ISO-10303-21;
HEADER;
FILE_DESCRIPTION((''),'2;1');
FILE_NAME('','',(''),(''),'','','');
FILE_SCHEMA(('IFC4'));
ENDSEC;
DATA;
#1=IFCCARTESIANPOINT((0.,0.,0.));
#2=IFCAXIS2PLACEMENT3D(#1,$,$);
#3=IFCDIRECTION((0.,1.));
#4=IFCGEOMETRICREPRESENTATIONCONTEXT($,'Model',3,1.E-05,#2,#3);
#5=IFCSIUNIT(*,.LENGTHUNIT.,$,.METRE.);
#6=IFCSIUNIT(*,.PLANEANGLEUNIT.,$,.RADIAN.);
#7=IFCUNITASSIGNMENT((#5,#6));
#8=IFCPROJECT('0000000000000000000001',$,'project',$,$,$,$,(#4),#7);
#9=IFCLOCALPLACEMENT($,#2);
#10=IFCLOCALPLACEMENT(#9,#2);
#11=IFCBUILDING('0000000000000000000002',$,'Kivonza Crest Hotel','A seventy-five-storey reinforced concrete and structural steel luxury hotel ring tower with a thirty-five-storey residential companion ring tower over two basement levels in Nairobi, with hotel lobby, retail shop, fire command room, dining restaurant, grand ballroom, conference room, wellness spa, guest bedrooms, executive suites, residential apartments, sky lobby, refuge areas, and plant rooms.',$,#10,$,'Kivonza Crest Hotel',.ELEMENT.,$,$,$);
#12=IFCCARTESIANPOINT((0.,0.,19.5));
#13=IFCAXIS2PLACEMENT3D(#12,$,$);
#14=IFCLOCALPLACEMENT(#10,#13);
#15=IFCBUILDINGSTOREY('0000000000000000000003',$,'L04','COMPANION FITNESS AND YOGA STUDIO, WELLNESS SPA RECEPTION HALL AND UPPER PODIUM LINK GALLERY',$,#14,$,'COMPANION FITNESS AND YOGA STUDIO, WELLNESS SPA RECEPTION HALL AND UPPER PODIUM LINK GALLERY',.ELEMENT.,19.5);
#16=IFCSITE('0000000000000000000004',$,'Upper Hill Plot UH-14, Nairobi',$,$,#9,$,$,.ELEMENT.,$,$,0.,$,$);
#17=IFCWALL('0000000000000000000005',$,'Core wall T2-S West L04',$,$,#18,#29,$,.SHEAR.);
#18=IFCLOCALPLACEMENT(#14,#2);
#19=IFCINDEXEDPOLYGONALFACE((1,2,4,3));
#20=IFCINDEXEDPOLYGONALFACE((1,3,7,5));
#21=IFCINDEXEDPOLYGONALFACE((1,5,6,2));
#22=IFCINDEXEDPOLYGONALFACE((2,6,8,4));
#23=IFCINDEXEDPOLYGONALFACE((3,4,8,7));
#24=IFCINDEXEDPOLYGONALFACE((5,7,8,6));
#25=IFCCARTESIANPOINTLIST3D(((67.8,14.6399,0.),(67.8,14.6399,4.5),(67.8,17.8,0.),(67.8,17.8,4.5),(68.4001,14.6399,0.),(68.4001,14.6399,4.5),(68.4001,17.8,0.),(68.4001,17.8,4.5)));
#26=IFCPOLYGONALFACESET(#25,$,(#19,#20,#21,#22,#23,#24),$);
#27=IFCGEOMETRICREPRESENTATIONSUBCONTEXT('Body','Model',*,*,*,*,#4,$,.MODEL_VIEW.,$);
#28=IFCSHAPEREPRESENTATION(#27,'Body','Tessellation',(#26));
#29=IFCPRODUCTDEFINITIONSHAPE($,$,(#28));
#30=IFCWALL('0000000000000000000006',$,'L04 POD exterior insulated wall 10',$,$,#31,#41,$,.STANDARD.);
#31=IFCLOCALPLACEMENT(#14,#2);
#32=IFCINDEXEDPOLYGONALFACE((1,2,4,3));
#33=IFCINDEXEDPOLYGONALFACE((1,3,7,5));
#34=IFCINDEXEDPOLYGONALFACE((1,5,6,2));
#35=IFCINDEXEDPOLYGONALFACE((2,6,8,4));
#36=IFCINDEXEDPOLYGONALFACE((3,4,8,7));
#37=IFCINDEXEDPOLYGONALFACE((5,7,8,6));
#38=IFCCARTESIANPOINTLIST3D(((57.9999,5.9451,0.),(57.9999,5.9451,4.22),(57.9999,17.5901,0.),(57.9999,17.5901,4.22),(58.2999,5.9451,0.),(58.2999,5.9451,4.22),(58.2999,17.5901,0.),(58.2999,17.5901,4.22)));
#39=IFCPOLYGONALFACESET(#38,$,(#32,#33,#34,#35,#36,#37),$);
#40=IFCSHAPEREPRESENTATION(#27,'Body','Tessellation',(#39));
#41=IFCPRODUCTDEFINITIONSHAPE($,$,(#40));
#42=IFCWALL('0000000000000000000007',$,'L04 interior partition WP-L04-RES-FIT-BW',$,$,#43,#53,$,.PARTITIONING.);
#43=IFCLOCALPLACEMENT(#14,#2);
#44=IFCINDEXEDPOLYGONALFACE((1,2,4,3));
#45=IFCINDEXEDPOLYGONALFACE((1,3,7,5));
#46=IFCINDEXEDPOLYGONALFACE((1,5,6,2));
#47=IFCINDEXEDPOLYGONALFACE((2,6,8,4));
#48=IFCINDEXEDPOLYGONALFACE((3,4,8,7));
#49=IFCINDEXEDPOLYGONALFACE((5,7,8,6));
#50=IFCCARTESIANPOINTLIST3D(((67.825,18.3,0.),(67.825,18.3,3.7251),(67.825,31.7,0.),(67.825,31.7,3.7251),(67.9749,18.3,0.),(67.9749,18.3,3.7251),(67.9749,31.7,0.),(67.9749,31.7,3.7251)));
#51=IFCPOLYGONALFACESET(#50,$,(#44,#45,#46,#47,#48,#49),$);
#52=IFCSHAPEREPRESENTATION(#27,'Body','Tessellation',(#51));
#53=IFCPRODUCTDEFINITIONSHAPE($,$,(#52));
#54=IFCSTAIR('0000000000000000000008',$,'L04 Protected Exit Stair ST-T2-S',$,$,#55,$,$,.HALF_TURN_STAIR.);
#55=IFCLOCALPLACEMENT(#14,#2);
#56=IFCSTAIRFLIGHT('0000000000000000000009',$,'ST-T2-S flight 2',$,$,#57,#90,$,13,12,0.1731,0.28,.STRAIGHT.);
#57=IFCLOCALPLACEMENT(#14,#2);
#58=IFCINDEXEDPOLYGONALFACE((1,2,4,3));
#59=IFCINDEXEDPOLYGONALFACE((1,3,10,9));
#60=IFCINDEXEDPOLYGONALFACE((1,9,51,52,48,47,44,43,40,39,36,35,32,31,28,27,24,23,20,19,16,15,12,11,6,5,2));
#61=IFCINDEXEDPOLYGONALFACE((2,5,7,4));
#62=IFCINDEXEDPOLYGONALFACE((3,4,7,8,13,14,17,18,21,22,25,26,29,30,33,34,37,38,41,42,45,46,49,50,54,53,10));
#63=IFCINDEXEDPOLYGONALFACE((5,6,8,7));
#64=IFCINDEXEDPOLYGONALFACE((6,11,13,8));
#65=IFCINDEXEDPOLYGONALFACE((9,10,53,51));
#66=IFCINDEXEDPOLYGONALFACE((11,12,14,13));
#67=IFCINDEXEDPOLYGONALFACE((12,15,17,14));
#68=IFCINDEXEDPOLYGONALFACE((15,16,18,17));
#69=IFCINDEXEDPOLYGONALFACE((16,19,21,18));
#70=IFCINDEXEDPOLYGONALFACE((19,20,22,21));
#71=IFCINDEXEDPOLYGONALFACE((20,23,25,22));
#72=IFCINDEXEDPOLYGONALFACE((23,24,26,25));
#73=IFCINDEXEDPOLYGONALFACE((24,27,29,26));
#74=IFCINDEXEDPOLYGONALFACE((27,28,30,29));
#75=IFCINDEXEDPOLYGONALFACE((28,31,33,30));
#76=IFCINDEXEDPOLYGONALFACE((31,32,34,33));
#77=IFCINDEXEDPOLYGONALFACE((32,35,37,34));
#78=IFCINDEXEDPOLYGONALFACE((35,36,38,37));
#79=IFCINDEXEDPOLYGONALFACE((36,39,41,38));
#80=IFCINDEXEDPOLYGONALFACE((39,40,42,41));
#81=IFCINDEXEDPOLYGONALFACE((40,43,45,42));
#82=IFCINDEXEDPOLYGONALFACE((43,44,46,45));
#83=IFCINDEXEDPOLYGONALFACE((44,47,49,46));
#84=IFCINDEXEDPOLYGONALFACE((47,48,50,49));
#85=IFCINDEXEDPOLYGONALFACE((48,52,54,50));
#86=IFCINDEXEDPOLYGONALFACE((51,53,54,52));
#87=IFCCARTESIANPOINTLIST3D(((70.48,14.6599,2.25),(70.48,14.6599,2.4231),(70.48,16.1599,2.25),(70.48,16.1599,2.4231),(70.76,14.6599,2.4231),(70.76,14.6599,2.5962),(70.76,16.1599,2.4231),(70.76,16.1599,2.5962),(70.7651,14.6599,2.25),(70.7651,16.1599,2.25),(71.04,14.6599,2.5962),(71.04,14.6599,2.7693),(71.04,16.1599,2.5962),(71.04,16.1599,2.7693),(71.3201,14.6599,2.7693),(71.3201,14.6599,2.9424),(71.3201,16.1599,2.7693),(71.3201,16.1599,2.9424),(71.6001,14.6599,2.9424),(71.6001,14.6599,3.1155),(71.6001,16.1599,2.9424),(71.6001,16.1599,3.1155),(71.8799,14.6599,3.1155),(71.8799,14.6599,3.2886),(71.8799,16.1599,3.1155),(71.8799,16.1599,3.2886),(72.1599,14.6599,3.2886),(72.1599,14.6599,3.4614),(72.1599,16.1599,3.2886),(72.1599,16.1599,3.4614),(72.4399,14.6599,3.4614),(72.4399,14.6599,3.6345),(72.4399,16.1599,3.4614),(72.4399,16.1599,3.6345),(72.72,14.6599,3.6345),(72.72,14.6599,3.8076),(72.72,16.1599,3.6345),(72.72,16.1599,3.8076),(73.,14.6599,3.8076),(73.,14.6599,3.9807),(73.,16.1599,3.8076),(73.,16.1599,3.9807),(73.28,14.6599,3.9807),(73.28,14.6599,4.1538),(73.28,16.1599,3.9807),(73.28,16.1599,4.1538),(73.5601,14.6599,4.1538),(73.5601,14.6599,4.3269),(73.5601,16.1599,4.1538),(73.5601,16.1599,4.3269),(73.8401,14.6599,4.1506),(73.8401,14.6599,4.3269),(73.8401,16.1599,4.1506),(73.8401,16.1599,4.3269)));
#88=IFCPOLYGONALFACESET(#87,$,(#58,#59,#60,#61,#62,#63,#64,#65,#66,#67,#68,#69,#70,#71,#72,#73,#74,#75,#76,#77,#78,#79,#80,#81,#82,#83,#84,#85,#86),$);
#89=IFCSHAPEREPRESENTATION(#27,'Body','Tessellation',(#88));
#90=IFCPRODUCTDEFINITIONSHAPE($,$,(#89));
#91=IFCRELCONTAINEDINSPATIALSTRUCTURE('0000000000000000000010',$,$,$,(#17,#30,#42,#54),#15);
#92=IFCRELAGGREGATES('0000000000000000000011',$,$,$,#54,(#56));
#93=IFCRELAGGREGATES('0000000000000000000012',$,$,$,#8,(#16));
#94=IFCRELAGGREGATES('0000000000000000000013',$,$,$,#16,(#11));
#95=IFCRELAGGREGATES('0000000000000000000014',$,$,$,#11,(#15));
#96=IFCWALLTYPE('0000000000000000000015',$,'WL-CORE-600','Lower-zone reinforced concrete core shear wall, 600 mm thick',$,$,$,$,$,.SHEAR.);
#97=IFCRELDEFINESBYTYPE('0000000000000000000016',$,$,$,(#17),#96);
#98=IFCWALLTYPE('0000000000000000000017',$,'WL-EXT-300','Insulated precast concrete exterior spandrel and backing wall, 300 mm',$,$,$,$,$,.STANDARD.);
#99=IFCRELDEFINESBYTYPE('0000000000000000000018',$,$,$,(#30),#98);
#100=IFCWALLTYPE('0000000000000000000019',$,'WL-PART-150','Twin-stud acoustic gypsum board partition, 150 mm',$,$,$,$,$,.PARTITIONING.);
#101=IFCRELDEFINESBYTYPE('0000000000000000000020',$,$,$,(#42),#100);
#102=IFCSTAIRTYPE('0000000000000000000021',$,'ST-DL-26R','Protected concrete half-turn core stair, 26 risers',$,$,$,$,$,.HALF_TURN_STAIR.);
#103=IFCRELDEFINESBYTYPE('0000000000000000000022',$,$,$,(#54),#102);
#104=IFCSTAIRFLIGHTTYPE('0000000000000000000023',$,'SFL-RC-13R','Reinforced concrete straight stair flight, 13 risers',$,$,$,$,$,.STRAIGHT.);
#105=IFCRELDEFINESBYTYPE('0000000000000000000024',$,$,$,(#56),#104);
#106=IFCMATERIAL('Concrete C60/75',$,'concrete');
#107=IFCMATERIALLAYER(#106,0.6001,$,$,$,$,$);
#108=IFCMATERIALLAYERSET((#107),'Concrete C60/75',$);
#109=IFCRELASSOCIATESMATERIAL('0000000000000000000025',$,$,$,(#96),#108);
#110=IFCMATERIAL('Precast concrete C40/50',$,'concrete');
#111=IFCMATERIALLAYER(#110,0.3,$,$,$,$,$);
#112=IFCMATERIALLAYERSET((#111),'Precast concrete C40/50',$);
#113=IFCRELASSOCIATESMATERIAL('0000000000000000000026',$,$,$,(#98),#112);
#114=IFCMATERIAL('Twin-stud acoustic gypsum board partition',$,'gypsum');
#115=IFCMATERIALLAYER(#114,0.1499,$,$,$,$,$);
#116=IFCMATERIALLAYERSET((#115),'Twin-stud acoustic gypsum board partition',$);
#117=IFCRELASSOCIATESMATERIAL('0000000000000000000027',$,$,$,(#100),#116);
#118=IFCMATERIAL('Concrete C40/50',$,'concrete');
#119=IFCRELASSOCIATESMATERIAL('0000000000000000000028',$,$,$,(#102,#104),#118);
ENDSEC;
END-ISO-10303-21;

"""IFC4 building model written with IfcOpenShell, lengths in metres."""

from ifc_helpers import new_model, si_unit, direction, frame, frame_2d, origin, place, context, subcontext, project, spatial, polyline, rectangle, outline, extrude, material, layer, layer_set, type_object, element, aggregate, save


model = new_model("IFC4")

# Units and contexts
model_context = context("Model", 3, precision=1e-05, world=origin(), true_north=direction((0.0, 1.0)))
body_context = subcontext(model_context, "Body", "Model", "MODEL_VIEW")
ifc_project = project(units=[si_unit("LENGTHUNIT", "METRE"), si_unit("PLANEANGLEUNIT", "RADIAN")], contexts=[model_context])

# Site, building, storey
site_placement = place(None, origin())
site = spatial("IfcSite", under=ifc_project, at=site_placement, Name="Upper Hill Plot UH-14, Nairobi", CompositionType="ELEMENT", RefElevation=0.0)
building_placement = place(site_placement, origin())
building = spatial("IfcBuilding", under=site, at=building_placement, Name="Kivonza Crest Hotel", Description="A seventy-five-storey reinforced concrete and structural steel luxury hotel ring tower with a thirty-five-storey residential companion ring tower over two basement levels in Nairobi, with hotel lobby, retail shop, fire command room, dining restaurant, grand ballroom, conference room, wellness spa, guest bedrooms, executive suites, residential apartments, sky lobby, refuge areas, and plant rooms.", LongName="Kivonza Crest Hotel", CompositionType="ELEMENT")
storey_placement = place(building_placement, frame((0.0, 0.0, 19.5)))
storey = spatial("IfcBuildingStorey", under=building, at=storey_placement, Name="L04", Description="COMPANION FITNESS AND YOGA STUDIO, WELLNESS SPA RECEPTION HALL AND UPPER PODIUM LINK GALLERY", LongName="COMPANION FITNESS AND YOGA STUDIO, WELLNESS SPA RECEPTION HALL AND UPPER PODIUM LINK GALLERY", CompositionType="ELEMENT", Elevation=19.5)

# Shared definitions
ifc_material_1 = material(Name="Concrete C60/75", Category="concrete")

# Shared definitions
ifc_layer_1 = layer(ifc_material_1, 0.6001)
ifc_layer_set_1 = layer_set([ifc_layer_1], Name="Concrete C60/75")
wall_type_1 = type_object("IfcWallType", Name="WL-CORE-600", Description="Lower-zone reinforced concrete core shear wall, 600 mm thick", PredefinedType="SHEAR", material=ifc_layer_set_1)

# Walls
wall_1_placement = place(storey_placement, frame((68.1001, 14.6399, 0.0), z_axis=(0.0, 0.0, 1.0), x_axis=(0.0, 1.0, 0.0)))
element("IfcWall", 1, at=wall_1_placement, inside=storey, type_object=wall_type_1, Name="Core wall T2-S West L04", PredefinedType="SHEAR", context=body_context, shape_type="SweptSolid", body=[
    extrude(rectangle(XDim=3.1602, YDim=0.6001, at=frame_2d((1.5801, 0.0))), origin(), (0.0, 0.0, 1.0), 4.5),
])
ifc_material_2 = material(Name="Precast concrete C40/50", Category="concrete")
ifc_layer_2 = layer(ifc_material_2, 0.3)
ifc_layer_set_2 = layer_set([ifc_layer_2], Name="Precast concrete C40/50")
wall_type_2 = type_object("IfcWallType", Name="WL-EXT-300", Description="Insulated precast concrete exterior spandrel and backing wall, 300 mm", PredefinedType="STANDARD", material=ifc_layer_set_2)
wall_2_placement = place(storey_placement, frame((58.1499, 17.5901, 0.0), z_axis=(0.0, 0.0, 1.0), x_axis=(0.0, -1.0, 0.0)))
element("IfcWall", 2, at=wall_2_placement, inside=storey, type_object=wall_type_2, Name="L04 POD exterior insulated wall 10", PredefinedType="STANDARD", context=body_context, shape_type="SweptSolid", body=[
    extrude(rectangle(XDim=11.645, YDim=0.3, at=frame_2d((5.8225, 0.0))), origin(), (0.0, 0.0, 1.0), 4.22),
])
ifc_material_3 = material(Name="Twin-stud acoustic gypsum board partition", Category="gypsum")
ifc_layer_3 = layer(ifc_material_3, 0.1499)
ifc_layer_set_3 = layer_set([ifc_layer_3], Name="Twin-stud acoustic gypsum board partition")
wall_type_3 = type_object("IfcWallType", Name="WL-PART-150", Description="Twin-stud acoustic gypsum board partition, 150 mm", PredefinedType="PARTITIONING", material=ifc_layer_set_3)
wall_3_placement = place(storey_placement, frame((67.8999, 18.3, 0.0), z_axis=(0.0, 0.0, 1.0), x_axis=(0.0, 1.0, 0.0)))
element("IfcWall", 3, at=wall_3_placement, inside=storey, type_object=wall_type_3, Name="L04 interior partition WP-L04-RES-FIT-BW", PredefinedType="PARTITIONING", context=body_context, shape_type="SweptSolid", body=[
    extrude(rectangle(XDim=13.3999, YDim=0.1499, at=frame_2d((6.7, 0.0))), origin(), (0.0, 0.0, 1.0), 3.7251),
])

# Stair, stair flight
ifc_material_4 = material(Name="Concrete C40/50", Category="concrete")
stair_type = type_object("IfcStairType", Name="ST-DL-26R", Description="Protected concrete half-turn core stair, 26 risers", PredefinedType="HALF_TURN_STAIR", material=ifc_material_4)
stair_placement = place(storey_placement, origin())
stair = element("IfcStair", 4, at=stair_placement, inside=storey, type_object=stair_type, Name="L04 Protected Exit Stair ST-T2-S", PredefinedType="HALF_TURN_STAIR")
stair_flight_type = type_object("IfcStairFlightType", Name="SFL-RC-13R", Description="Reinforced concrete straight stair flight, 13 risers", PredefinedType="STRAIGHT", material=ifc_material_4)
stair_flight_placement = place(storey_placement, frame((70.48, 15.4099, 2.25), z_axis=(0.0, 0.0, 1.0), x_axis=(1.0, 0.0, 0.0)))
stair_flight = element("IfcStairFlight", 5, at=stair_flight_placement, type_object=stair_flight_type, Name="ST-T2-S flight 2", NumberOfRisers=13, NumberOfTreads=12, PredefinedType="STRAIGHT", RiserHeight=0.1731, TreadLength=0.28, context=body_context, shape_type="SweptSolid", body=[
    extrude(outline(polyline([(0.0, 0.0), (0.0, 0.1731), (0.28, 0.1731), (0.28, 0.3462), (0.5601, 0.3462), (0.5601, 0.5193), (0.8401, 0.5193), (0.8401, 0.6924), (1.1201, 0.6924), (1.1201, 0.8655), (1.3999, 0.8655), (1.3999, 1.0386), (1.6799, 1.0386), (1.6799, 1.2114), (1.96, 1.2114), (1.96, 1.3845), (2.24, 1.3845), (2.24, 1.5576), (2.52, 1.5576), (2.52, 1.7307), (2.8, 1.7307), (2.8, 1.9038), (3.0801, 1.9038), (3.0801, 2.0769), (3.3601, 2.0769), (3.3601, 2.25), (3.3601, 1.9006), (0.2852, 0.0), (0.0, 0.0)])), frame((0.0, 0.75, 0.0), z_axis=(0.0, -1.0, 0.0), x_axis=(1.0, 0.0, 0.0)), (0.0, 0.0, 1.0), 1.5),
])
aggregate(stair, [stair_flight])

save(model, "model.ifc")
